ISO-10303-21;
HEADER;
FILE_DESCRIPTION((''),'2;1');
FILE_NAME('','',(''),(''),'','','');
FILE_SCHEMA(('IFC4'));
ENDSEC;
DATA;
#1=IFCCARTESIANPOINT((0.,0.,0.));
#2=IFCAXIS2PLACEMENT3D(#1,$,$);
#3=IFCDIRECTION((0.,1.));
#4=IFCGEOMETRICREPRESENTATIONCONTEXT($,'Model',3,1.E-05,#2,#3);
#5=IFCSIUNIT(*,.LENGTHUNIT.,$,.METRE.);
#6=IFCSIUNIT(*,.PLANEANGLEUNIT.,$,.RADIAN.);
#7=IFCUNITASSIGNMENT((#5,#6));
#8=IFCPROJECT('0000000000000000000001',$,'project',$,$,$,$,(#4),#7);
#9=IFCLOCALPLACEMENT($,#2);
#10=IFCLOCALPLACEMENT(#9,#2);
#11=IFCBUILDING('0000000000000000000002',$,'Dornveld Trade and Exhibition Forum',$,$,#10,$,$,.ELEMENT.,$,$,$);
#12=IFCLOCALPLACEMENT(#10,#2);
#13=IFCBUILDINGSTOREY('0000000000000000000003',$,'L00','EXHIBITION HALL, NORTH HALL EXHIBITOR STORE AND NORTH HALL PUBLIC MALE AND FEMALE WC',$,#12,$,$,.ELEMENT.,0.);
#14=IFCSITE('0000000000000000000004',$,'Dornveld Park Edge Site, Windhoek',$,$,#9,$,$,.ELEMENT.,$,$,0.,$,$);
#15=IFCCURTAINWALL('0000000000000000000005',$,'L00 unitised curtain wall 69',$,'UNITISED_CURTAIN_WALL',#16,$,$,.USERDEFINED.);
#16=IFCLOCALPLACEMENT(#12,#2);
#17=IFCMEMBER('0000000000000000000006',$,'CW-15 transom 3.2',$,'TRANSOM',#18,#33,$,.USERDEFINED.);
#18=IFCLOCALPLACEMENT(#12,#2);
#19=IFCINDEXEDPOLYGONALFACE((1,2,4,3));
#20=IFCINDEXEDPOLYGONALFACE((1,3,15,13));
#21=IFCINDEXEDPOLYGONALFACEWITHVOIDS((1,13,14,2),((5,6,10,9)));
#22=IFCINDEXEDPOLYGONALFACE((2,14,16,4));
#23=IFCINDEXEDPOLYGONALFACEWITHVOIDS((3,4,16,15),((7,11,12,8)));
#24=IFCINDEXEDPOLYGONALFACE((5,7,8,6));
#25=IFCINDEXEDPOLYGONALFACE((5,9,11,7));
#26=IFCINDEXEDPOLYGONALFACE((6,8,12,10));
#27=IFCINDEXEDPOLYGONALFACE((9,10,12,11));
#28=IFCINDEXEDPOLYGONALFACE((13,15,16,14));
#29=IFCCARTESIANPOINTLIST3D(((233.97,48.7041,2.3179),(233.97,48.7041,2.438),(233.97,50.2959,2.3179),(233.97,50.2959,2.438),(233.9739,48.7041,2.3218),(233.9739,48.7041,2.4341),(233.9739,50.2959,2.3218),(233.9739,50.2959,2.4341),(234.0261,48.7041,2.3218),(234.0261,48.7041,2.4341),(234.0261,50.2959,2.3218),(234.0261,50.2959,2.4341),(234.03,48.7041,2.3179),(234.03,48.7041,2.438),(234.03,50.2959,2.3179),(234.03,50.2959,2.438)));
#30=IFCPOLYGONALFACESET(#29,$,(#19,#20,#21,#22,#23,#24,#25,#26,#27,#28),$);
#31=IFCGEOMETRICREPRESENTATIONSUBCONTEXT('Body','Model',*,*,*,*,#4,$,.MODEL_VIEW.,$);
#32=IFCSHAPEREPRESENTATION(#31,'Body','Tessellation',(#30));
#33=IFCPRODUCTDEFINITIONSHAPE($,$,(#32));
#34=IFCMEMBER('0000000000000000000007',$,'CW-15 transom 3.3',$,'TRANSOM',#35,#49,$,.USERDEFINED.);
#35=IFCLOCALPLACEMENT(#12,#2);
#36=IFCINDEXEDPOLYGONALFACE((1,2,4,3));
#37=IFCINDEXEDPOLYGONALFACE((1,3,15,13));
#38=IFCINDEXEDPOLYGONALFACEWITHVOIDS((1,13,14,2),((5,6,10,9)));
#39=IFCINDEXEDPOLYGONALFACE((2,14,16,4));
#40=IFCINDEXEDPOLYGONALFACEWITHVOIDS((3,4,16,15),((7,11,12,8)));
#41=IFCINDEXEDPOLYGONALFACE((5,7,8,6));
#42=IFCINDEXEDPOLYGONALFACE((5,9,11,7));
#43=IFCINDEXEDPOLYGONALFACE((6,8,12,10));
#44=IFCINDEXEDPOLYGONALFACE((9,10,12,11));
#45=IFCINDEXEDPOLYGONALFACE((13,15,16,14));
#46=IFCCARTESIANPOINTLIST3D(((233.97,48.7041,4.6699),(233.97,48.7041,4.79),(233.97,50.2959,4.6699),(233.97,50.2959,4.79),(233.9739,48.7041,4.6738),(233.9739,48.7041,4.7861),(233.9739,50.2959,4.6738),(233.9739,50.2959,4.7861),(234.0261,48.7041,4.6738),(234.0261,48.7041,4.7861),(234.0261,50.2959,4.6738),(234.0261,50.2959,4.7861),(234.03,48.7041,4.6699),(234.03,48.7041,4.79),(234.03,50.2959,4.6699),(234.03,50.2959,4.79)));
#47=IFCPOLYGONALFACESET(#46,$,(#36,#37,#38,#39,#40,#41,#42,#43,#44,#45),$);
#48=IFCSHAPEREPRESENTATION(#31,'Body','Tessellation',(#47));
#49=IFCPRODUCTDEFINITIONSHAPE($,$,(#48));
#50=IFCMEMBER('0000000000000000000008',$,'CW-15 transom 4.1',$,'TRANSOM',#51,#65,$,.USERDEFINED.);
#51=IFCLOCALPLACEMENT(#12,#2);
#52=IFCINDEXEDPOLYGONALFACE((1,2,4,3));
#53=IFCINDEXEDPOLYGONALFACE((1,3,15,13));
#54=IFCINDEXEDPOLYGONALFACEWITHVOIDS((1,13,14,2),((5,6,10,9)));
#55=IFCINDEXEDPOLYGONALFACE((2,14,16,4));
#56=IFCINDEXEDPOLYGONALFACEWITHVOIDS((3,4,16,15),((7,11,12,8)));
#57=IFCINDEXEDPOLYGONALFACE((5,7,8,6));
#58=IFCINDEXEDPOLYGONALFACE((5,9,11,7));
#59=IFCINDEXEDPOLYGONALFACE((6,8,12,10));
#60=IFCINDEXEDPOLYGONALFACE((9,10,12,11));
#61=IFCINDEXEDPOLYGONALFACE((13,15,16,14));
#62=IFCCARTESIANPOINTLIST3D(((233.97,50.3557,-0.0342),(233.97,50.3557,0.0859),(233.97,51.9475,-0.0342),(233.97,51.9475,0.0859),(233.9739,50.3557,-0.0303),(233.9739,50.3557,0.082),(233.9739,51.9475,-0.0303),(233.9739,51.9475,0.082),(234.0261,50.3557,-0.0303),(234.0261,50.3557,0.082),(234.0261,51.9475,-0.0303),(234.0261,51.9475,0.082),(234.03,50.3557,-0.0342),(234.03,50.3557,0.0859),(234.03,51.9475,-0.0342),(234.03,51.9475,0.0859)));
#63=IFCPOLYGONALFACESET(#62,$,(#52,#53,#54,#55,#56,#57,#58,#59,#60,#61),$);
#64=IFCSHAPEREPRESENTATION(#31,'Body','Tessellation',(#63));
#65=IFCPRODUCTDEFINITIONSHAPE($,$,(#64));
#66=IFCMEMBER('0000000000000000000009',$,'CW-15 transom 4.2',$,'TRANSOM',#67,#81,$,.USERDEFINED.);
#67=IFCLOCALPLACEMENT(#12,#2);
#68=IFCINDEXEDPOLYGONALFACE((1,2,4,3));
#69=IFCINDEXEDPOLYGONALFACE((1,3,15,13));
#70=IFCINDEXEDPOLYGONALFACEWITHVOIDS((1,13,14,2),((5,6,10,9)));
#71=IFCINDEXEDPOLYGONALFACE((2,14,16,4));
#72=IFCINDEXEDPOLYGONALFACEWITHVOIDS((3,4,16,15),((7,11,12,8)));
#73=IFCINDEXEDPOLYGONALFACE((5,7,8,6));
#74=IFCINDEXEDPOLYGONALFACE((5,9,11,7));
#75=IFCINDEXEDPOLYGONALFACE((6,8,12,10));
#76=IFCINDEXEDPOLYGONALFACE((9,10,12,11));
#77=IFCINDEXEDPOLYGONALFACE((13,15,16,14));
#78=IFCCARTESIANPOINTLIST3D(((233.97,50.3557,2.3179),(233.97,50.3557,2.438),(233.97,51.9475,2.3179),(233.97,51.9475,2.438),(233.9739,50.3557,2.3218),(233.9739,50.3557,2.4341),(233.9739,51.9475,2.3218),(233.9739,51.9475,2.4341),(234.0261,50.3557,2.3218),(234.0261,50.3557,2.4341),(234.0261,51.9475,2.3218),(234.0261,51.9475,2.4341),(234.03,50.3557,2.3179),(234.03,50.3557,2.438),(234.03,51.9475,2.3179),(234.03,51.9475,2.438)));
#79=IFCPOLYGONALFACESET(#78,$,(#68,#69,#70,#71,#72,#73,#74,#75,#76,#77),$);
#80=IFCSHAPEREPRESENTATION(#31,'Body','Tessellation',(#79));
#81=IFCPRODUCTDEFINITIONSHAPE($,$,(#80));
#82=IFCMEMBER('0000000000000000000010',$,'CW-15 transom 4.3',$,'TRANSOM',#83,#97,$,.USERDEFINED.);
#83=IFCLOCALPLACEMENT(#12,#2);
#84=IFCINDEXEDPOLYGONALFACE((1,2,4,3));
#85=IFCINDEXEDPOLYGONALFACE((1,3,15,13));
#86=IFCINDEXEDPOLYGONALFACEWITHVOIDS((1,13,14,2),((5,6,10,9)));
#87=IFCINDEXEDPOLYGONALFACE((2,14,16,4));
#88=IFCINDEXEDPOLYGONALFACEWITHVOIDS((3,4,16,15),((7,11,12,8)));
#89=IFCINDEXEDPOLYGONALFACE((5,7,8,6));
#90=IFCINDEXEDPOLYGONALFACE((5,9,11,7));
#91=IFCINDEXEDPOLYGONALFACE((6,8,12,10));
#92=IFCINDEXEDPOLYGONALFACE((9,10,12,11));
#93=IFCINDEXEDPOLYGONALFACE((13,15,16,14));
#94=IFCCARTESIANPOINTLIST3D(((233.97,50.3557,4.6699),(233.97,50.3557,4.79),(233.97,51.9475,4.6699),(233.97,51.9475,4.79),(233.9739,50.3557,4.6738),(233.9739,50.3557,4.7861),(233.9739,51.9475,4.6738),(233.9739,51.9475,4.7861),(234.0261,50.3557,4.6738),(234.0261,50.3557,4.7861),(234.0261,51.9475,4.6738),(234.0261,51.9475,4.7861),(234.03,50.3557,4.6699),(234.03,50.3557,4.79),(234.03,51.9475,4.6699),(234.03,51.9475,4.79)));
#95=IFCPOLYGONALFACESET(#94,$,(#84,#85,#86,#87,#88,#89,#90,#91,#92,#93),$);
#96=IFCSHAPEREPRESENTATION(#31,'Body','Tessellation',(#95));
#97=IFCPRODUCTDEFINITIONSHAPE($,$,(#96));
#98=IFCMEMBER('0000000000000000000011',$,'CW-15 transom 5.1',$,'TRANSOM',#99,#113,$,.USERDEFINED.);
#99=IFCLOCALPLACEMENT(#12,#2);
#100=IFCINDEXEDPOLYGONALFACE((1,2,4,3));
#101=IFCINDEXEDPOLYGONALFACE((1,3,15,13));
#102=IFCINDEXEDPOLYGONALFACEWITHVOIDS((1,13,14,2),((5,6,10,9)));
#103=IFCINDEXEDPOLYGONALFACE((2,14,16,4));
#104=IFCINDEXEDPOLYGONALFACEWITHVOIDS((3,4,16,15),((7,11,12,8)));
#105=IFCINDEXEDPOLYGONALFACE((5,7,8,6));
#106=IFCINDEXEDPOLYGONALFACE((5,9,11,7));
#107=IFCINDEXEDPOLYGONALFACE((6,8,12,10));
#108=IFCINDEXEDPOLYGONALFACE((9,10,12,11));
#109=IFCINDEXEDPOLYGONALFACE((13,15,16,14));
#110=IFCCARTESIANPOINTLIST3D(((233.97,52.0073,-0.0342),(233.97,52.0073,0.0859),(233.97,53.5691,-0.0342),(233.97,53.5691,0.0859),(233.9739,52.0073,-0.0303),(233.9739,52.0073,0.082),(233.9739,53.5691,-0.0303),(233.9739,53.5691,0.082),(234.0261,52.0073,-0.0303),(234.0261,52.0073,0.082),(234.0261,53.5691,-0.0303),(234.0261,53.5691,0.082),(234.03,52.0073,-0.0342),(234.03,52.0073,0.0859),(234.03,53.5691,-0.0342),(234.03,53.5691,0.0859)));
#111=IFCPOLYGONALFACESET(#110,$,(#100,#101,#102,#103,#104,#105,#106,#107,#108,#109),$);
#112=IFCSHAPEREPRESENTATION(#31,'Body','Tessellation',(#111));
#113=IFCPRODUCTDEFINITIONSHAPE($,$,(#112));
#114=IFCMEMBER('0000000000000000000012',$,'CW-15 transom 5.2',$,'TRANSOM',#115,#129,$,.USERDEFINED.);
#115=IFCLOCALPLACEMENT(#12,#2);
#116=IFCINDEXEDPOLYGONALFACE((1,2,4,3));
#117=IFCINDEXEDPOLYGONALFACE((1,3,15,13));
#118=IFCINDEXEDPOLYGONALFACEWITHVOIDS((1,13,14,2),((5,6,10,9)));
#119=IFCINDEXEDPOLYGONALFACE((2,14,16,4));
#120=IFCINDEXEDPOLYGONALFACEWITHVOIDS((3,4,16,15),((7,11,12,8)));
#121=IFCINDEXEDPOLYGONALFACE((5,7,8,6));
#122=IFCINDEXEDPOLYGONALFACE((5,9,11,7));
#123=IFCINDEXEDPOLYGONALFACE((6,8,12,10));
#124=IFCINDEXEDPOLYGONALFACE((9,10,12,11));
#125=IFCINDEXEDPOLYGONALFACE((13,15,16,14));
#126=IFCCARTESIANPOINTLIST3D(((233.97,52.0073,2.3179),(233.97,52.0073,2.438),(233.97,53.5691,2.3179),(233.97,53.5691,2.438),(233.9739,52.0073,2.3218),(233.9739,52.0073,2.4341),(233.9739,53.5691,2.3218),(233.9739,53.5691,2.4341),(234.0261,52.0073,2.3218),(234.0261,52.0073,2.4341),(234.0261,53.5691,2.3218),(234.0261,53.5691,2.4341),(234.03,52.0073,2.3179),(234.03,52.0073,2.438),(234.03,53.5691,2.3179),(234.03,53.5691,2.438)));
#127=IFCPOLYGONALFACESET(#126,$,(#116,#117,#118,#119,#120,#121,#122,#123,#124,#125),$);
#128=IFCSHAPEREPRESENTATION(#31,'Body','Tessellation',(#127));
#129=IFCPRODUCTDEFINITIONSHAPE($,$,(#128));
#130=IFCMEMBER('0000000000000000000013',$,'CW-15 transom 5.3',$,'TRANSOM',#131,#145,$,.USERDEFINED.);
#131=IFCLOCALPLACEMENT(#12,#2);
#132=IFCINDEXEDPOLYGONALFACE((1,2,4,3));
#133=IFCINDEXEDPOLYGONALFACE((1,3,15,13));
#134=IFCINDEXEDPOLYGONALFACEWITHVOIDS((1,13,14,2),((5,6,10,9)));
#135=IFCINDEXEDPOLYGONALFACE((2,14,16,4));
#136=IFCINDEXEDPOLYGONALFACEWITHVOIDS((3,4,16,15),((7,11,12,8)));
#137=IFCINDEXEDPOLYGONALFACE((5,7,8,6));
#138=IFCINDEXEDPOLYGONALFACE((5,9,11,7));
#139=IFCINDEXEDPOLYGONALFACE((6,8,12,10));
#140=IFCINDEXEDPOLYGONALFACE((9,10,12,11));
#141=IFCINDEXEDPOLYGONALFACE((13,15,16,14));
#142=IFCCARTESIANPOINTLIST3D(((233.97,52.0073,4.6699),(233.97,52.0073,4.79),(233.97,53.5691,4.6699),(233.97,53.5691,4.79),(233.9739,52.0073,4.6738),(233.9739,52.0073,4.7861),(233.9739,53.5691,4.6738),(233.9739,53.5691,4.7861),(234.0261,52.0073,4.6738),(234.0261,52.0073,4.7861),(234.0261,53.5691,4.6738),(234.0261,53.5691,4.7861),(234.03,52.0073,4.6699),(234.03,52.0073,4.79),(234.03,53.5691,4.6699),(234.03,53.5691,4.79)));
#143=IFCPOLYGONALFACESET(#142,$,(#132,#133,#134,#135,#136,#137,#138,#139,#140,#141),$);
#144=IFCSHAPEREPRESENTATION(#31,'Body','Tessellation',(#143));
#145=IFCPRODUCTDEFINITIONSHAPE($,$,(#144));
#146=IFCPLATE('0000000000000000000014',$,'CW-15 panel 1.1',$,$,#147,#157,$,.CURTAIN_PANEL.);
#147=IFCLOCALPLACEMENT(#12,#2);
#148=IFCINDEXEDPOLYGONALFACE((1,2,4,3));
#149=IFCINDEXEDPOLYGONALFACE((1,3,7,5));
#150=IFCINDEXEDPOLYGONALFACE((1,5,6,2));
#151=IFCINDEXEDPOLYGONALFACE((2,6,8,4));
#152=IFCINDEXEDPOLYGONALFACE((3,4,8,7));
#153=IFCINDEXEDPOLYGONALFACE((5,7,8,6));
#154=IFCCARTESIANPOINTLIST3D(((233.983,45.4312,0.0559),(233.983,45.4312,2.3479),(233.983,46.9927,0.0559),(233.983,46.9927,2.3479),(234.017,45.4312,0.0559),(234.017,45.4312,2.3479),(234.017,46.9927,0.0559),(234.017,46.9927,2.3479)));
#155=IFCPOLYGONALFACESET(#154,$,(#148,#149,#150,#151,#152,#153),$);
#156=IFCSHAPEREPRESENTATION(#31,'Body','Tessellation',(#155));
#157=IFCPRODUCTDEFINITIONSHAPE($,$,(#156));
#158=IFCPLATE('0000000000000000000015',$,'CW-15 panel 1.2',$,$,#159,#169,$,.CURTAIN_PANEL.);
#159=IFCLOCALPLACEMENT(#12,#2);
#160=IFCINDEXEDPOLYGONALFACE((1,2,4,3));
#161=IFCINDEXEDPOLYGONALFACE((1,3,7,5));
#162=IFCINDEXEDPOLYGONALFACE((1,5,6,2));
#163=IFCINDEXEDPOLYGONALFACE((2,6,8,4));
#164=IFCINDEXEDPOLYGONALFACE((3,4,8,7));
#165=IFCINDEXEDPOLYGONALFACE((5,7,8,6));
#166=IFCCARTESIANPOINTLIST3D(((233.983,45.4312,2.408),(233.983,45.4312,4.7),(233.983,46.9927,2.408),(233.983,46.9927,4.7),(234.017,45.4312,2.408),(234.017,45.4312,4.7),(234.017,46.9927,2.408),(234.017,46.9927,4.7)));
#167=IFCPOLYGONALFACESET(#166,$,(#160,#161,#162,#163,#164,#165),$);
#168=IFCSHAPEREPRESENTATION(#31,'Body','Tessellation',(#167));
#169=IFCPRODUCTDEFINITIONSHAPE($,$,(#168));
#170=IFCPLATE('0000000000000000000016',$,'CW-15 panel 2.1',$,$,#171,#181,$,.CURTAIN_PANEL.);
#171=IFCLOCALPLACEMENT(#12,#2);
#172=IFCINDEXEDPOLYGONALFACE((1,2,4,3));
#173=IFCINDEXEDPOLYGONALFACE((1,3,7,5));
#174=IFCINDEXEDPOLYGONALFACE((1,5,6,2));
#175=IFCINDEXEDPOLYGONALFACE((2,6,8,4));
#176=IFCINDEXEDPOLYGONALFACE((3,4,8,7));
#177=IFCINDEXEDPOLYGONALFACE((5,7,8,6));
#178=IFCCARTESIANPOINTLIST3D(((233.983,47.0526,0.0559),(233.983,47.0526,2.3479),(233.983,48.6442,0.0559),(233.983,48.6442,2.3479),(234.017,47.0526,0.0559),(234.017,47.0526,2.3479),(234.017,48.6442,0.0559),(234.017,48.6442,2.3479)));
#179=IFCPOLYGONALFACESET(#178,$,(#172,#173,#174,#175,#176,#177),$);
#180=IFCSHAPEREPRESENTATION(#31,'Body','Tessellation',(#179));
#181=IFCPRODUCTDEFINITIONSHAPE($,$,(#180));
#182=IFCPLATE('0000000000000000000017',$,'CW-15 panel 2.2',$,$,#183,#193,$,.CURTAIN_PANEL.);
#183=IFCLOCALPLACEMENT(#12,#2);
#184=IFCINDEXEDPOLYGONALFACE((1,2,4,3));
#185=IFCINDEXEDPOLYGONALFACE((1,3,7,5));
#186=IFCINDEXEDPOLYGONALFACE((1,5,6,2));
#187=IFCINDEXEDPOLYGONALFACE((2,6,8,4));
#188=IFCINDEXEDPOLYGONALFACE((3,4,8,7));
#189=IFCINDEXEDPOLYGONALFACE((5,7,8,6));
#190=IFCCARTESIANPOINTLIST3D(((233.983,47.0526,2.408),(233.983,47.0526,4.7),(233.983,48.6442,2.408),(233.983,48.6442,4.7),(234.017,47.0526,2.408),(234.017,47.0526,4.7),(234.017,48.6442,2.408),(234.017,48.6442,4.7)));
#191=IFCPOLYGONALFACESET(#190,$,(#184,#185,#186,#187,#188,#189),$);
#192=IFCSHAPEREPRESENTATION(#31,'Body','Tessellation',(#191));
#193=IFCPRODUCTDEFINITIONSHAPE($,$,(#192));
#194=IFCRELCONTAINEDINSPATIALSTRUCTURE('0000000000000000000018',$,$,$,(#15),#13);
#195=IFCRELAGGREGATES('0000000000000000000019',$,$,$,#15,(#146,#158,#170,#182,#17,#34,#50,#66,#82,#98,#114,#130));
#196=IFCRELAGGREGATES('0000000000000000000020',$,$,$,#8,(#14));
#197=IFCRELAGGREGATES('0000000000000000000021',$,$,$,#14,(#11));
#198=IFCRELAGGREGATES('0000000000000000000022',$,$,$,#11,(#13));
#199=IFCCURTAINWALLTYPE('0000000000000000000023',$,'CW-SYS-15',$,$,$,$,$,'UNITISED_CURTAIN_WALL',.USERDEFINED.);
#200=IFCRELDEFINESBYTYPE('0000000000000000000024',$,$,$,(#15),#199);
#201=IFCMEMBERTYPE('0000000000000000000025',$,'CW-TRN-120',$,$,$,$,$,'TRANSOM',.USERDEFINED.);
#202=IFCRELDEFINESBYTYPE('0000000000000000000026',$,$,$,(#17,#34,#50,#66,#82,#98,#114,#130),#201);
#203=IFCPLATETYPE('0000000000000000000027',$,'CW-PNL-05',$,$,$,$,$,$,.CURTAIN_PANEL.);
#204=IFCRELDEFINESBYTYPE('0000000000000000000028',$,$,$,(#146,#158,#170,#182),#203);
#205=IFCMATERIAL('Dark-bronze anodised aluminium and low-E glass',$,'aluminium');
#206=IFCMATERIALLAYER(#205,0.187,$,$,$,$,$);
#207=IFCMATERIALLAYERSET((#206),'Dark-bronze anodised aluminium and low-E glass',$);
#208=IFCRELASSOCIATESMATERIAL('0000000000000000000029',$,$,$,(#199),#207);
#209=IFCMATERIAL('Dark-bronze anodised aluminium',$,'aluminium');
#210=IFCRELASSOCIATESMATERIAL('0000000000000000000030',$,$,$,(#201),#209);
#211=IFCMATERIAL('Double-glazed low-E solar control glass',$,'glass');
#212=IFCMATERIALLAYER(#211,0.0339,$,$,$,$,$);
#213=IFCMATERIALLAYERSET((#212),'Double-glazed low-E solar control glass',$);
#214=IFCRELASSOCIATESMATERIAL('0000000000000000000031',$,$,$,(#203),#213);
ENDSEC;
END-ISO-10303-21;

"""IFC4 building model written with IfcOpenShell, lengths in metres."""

from ifc_helpers import new_model, si_unit, direction, frame, origin, origin_2d, place, context, subcontext, project, spatial, rectangle, hollow_rectangle, extrude, material, layer, layer_set, material_profile, profile_set, type_object, element, aggregate, save


model = new_model("IFC4")

# Units and contexts
model_context = context("Model", 3, precision=1e-05, world=origin(), true_north=direction((0.0, 1.0)))
body_context = subcontext(model_context, "Body", "Model", "MODEL_VIEW")
ifc_project = project(units=[si_unit("LENGTHUNIT", "METRE"), si_unit("PLANEANGLEUNIT", "RADIAN")], contexts=[model_context])

# Site, building, storey
site_placement = place(None, origin())
site = spatial("IfcSite", under=ifc_project, at=site_placement, Name="Dornveld Park Edge Site, Windhoek", CompositionType="ELEMENT", RefElevation=0.0)
building_placement = place(site_placement, origin())
building = spatial("IfcBuilding", under=site, at=building_placement, Name="Dornveld Trade and Exhibition Forum", CompositionType="ELEMENT")
storey_placement = place(building_placement, origin())
storey = spatial("IfcBuildingStorey", under=building, at=storey_placement, Name="L00", Description="EXHIBITION HALL, NORTH HALL EXHIBITOR STORE AND NORTH HALL PUBLIC MALE AND FEMALE WC", CompositionType="ELEMENT", Elevation=0.0)

# Curtain wall, members, plates
ifc_material_1 = material(Name="Dark-bronze anodised aluminium and low-E glass", Category="aluminium")
ifc_layer_1 = layer(ifc_material_1, 0.187)
ifc_layer_set_1 = layer_set([ifc_layer_1], Name="Dark-bronze anodised aluminium and low-E glass")
curtain_wall_type = type_object("IfcCurtainWallType", Name="CW-SYS-15", ElementType="UNITISED_CURTAIN_WALL", PredefinedType="USERDEFINED", material=ifc_layer_set_1)
curtain_wall_placement = place(storey_placement, origin())
curtain_wall = element("IfcCurtainWall", 1, at=curtain_wall_placement, inside=storey, type_object=curtain_wall_type, Name="L00 unitised curtain wall 69", ObjectType="UNITISED_CURTAIN_WALL", PredefinedType="USERDEFINED")
ifc_material_2 = material(Name="Dark-bronze anodised aluminium", Category="aluminium")
ifc_material_profile_1 = material_profile(ifc_material_2, hollow_rectangle(XDim=0.0601, YDim=0.1201, WallThickness=0.0039, at=origin_2d()), Name="RHS 120x60x4")
ifc_profile_set_1 = profile_set([ifc_material_profile_1], Name="Dark-bronze anodised aluminium")
member_type_1 = type_object("IfcMemberType", Name="CW-TRN-120", ElementType="TRANSOM", PredefinedType="USERDEFINED", material=ifc_profile_set_1)
member_1_placement = place(storey_placement, frame((234.0, 48.7041, 2.3779), z_axis=(0.0, 1.0, 0.0), x_axis=(-1.0, 0.0, 0.0)))
member_1 = element("IfcMember", 2, at=member_1_placement, type_object=member_type_1, Name="CW-15 transom 3.2", ObjectType="TRANSOM", PredefinedType="USERDEFINED", context=body_context, shape_type="SweptSolid", body=[
    extrude(hollow_rectangle(XDim=0.0601, YDim=0.1201, WallThickness=0.0039, at=origin_2d()), origin(), (0.0, 0.0, 1.0), 1.5918),
])
member_2_placement = place(storey_placement, frame((234.0, 48.7041, 4.73), z_axis=(0.0, 1.0, 0.0), x_axis=(-1.0, 0.0, 0.0)))
member_2 = element("IfcMember", 3, at=member_2_placement, type_object=member_type_1, Name="CW-15 transom 3.3", ObjectType="TRANSOM", PredefinedType="USERDEFINED", context=body_context, shape_type="SweptSolid", body=[
    extrude(hollow_rectangle(XDim=0.0601, YDim=0.1201, WallThickness=0.0039, at=origin_2d()), origin(), (0.0, 0.0, 1.0), 1.5918),
])
member_3_placement = place(storey_placement, frame((234.0, 50.3557, 0.0259), z_axis=(0.0, 1.0, 0.0), x_axis=(-1.0, 0.0, 0.0)))
member_3 = element("IfcMember", 4, at=member_3_placement, type_object=member_type_1, Name="CW-15 transom 4.1", ObjectType="TRANSOM", PredefinedType="USERDEFINED", context=body_context, shape_type="SweptSolid", body=[
    extrude(hollow_rectangle(XDim=0.0601, YDim=0.1201, WallThickness=0.0039, at=origin_2d()), origin(), (0.0, 0.0, 1.0), 1.5918),
])
member_4_placement = place(storey_placement, frame((234.0, 50.3557, 2.3779), z_axis=(0.0, 1.0, 0.0), x_axis=(-1.0, 0.0, 0.0)))
member_4 = element("IfcMember", 5, at=member_4_placement, type_object=member_type_1, Name="CW-15 transom 4.2", ObjectType="TRANSOM", PredefinedType="USERDEFINED", context=body_context, shape_type="SweptSolid", body=[
    extrude(hollow_rectangle(XDim=0.0601, YDim=0.1201, WallThickness=0.0039, at=origin_2d()), origin(), (0.0, 0.0, 1.0), 1.5918),
])
member_5_placement = place(storey_placement, frame((234.0, 50.3557, 4.73), z_axis=(0.0, 1.0, 0.0), x_axis=(-1.0, 0.0, 0.0)))
member_5 = element("IfcMember", 6, at=member_5_placement, type_object=member_type_1, Name="CW-15 transom 4.3", ObjectType="TRANSOM", PredefinedType="USERDEFINED", context=body_context, shape_type="SweptSolid", body=[
    extrude(hollow_rectangle(XDim=0.0601, YDim=0.1201, WallThickness=0.0039, at=origin_2d()), origin(), (0.0, 0.0, 1.0), 1.5918),
])
member_6_placement = place(storey_placement, frame((234.0, 52.0073, 0.0259), z_axis=(0.0, 1.0, 0.0), x_axis=(-1.0, 0.0, 0.0)))
member_6 = element("IfcMember", 7, at=member_6_placement, type_object=member_type_1, Name="CW-15 transom 5.1", ObjectType="TRANSOM", PredefinedType="USERDEFINED", context=body_context, shape_type="SweptSolid", body=[
    extrude(hollow_rectangle(XDim=0.0601, YDim=0.1201, WallThickness=0.0039, at=origin_2d()), origin(), (0.0, 0.0, 1.0), 1.5618),
])
member_7_placement = place(storey_placement, frame((234.0, 52.0073, 2.3779), z_axis=(0.0, 1.0, 0.0), x_axis=(-1.0, 0.0, 0.0)))
member_7 = element("IfcMember", 8, at=member_7_placement, type_object=member_type_1, Name="CW-15 transom 5.2", ObjectType="TRANSOM", PredefinedType="USERDEFINED", context=body_context, shape_type="SweptSolid", body=[
    extrude(hollow_rectangle(XDim=0.0601, YDim=0.1201, WallThickness=0.0039, at=origin_2d()), origin(), (0.0, 0.0, 1.0), 1.5618),
])
member_8_placement = place(storey_placement, frame((234.0, 52.0073, 4.73), z_axis=(0.0, 1.0, 0.0), x_axis=(-1.0, 0.0, 0.0)))
member_8 = element("IfcMember", 9, at=member_8_placement, type_object=member_type_1, Name="CW-15 transom 5.3", ObjectType="TRANSOM", PredefinedType="USERDEFINED", context=body_context, shape_type="SweptSolid", body=[
    extrude(hollow_rectangle(XDim=0.0601, YDim=0.1201, WallThickness=0.0039, at=origin_2d()), origin(), (0.0, 0.0, 1.0), 1.5618),
])
ifc_material_3 = material(Name="Double-glazed low-E solar control glass", Category="glass")
ifc_layer_2 = layer(ifc_material_3, 0.0339)
ifc_layer_set_2 = layer_set([ifc_layer_2], Name="Double-glazed low-E solar control glass")
plate_type = type_object("IfcPlateType", Name="CW-PNL-05", PredefinedType="CURTAIN_PANEL", material=ifc_layer_set_2)
plate_1_placement = place(storey_placement, frame((234.0, 46.2119, 0.0559), z_axis=(0.0, 0.0, 1.0), x_axis=(0.0, 1.0, 0.0)))
plate_1 = element("IfcPlate", 10, at=plate_1_placement, type_object=plate_type, Name="CW-15 panel 1.1", PredefinedType="CURTAIN_PANEL", context=body_context, shape_type="SweptSolid", body=[
    extrude(rectangle(XDim=1.5615, YDim=0.0339, at=origin_2d()), origin(), (0.0, 0.0, 1.0), 2.292),
])
plate_2_placement = place(storey_placement, frame((234.0, 46.2119, 2.408), z_axis=(0.0, 0.0, 1.0), x_axis=(0.0, 1.0, 0.0)))
plate_2 = element("IfcPlate", 11, at=plate_2_placement, type_object=plate_type, Name="CW-15 panel 1.2", PredefinedType="CURTAIN_PANEL", context=body_context, shape_type="SweptSolid", body=[
    extrude(rectangle(XDim=1.5615, YDim=0.0339, at=origin_2d()), origin(), (0.0, 0.0, 1.0), 2.292),
])
plate_3_placement = place(storey_placement, frame((234.0, 47.8484, 0.0559), z_axis=(0.0, 0.0, 1.0), x_axis=(0.0, 1.0, 0.0)))
plate_3 = element("IfcPlate", 12, at=plate_3_placement, type_object=plate_type, Name="CW-15 panel 2.1", PredefinedType="CURTAIN_PANEL", context=body_context, shape_type="SweptSolid", body=[
    extrude(rectangle(XDim=1.5916, YDim=0.0339, at=origin_2d()), origin(), (0.0, 0.0, 1.0), 2.292),
])
plate_4_placement = place(storey_placement, frame((234.0, 47.8484, 2.408), z_axis=(0.0, 0.0, 1.0), x_axis=(0.0, 1.0, 0.0)))
plate_4 = element("IfcPlate", 13, at=plate_4_placement, type_object=plate_type, Name="CW-15 panel 2.2", PredefinedType="CURTAIN_PANEL", context=body_context, shape_type="SweptSolid", body=[
    extrude(rectangle(XDim=1.5916, YDim=0.0339, at=origin_2d()), origin(), (0.0, 0.0, 1.0), 2.292),
])
aggregate(curtain_wall, [plate_1, plate_2, plate_3, plate_4, member_1, member_2, member_3, member_4, member_5, member_6, member_7, member_8])

save(model, "model.ifc")
